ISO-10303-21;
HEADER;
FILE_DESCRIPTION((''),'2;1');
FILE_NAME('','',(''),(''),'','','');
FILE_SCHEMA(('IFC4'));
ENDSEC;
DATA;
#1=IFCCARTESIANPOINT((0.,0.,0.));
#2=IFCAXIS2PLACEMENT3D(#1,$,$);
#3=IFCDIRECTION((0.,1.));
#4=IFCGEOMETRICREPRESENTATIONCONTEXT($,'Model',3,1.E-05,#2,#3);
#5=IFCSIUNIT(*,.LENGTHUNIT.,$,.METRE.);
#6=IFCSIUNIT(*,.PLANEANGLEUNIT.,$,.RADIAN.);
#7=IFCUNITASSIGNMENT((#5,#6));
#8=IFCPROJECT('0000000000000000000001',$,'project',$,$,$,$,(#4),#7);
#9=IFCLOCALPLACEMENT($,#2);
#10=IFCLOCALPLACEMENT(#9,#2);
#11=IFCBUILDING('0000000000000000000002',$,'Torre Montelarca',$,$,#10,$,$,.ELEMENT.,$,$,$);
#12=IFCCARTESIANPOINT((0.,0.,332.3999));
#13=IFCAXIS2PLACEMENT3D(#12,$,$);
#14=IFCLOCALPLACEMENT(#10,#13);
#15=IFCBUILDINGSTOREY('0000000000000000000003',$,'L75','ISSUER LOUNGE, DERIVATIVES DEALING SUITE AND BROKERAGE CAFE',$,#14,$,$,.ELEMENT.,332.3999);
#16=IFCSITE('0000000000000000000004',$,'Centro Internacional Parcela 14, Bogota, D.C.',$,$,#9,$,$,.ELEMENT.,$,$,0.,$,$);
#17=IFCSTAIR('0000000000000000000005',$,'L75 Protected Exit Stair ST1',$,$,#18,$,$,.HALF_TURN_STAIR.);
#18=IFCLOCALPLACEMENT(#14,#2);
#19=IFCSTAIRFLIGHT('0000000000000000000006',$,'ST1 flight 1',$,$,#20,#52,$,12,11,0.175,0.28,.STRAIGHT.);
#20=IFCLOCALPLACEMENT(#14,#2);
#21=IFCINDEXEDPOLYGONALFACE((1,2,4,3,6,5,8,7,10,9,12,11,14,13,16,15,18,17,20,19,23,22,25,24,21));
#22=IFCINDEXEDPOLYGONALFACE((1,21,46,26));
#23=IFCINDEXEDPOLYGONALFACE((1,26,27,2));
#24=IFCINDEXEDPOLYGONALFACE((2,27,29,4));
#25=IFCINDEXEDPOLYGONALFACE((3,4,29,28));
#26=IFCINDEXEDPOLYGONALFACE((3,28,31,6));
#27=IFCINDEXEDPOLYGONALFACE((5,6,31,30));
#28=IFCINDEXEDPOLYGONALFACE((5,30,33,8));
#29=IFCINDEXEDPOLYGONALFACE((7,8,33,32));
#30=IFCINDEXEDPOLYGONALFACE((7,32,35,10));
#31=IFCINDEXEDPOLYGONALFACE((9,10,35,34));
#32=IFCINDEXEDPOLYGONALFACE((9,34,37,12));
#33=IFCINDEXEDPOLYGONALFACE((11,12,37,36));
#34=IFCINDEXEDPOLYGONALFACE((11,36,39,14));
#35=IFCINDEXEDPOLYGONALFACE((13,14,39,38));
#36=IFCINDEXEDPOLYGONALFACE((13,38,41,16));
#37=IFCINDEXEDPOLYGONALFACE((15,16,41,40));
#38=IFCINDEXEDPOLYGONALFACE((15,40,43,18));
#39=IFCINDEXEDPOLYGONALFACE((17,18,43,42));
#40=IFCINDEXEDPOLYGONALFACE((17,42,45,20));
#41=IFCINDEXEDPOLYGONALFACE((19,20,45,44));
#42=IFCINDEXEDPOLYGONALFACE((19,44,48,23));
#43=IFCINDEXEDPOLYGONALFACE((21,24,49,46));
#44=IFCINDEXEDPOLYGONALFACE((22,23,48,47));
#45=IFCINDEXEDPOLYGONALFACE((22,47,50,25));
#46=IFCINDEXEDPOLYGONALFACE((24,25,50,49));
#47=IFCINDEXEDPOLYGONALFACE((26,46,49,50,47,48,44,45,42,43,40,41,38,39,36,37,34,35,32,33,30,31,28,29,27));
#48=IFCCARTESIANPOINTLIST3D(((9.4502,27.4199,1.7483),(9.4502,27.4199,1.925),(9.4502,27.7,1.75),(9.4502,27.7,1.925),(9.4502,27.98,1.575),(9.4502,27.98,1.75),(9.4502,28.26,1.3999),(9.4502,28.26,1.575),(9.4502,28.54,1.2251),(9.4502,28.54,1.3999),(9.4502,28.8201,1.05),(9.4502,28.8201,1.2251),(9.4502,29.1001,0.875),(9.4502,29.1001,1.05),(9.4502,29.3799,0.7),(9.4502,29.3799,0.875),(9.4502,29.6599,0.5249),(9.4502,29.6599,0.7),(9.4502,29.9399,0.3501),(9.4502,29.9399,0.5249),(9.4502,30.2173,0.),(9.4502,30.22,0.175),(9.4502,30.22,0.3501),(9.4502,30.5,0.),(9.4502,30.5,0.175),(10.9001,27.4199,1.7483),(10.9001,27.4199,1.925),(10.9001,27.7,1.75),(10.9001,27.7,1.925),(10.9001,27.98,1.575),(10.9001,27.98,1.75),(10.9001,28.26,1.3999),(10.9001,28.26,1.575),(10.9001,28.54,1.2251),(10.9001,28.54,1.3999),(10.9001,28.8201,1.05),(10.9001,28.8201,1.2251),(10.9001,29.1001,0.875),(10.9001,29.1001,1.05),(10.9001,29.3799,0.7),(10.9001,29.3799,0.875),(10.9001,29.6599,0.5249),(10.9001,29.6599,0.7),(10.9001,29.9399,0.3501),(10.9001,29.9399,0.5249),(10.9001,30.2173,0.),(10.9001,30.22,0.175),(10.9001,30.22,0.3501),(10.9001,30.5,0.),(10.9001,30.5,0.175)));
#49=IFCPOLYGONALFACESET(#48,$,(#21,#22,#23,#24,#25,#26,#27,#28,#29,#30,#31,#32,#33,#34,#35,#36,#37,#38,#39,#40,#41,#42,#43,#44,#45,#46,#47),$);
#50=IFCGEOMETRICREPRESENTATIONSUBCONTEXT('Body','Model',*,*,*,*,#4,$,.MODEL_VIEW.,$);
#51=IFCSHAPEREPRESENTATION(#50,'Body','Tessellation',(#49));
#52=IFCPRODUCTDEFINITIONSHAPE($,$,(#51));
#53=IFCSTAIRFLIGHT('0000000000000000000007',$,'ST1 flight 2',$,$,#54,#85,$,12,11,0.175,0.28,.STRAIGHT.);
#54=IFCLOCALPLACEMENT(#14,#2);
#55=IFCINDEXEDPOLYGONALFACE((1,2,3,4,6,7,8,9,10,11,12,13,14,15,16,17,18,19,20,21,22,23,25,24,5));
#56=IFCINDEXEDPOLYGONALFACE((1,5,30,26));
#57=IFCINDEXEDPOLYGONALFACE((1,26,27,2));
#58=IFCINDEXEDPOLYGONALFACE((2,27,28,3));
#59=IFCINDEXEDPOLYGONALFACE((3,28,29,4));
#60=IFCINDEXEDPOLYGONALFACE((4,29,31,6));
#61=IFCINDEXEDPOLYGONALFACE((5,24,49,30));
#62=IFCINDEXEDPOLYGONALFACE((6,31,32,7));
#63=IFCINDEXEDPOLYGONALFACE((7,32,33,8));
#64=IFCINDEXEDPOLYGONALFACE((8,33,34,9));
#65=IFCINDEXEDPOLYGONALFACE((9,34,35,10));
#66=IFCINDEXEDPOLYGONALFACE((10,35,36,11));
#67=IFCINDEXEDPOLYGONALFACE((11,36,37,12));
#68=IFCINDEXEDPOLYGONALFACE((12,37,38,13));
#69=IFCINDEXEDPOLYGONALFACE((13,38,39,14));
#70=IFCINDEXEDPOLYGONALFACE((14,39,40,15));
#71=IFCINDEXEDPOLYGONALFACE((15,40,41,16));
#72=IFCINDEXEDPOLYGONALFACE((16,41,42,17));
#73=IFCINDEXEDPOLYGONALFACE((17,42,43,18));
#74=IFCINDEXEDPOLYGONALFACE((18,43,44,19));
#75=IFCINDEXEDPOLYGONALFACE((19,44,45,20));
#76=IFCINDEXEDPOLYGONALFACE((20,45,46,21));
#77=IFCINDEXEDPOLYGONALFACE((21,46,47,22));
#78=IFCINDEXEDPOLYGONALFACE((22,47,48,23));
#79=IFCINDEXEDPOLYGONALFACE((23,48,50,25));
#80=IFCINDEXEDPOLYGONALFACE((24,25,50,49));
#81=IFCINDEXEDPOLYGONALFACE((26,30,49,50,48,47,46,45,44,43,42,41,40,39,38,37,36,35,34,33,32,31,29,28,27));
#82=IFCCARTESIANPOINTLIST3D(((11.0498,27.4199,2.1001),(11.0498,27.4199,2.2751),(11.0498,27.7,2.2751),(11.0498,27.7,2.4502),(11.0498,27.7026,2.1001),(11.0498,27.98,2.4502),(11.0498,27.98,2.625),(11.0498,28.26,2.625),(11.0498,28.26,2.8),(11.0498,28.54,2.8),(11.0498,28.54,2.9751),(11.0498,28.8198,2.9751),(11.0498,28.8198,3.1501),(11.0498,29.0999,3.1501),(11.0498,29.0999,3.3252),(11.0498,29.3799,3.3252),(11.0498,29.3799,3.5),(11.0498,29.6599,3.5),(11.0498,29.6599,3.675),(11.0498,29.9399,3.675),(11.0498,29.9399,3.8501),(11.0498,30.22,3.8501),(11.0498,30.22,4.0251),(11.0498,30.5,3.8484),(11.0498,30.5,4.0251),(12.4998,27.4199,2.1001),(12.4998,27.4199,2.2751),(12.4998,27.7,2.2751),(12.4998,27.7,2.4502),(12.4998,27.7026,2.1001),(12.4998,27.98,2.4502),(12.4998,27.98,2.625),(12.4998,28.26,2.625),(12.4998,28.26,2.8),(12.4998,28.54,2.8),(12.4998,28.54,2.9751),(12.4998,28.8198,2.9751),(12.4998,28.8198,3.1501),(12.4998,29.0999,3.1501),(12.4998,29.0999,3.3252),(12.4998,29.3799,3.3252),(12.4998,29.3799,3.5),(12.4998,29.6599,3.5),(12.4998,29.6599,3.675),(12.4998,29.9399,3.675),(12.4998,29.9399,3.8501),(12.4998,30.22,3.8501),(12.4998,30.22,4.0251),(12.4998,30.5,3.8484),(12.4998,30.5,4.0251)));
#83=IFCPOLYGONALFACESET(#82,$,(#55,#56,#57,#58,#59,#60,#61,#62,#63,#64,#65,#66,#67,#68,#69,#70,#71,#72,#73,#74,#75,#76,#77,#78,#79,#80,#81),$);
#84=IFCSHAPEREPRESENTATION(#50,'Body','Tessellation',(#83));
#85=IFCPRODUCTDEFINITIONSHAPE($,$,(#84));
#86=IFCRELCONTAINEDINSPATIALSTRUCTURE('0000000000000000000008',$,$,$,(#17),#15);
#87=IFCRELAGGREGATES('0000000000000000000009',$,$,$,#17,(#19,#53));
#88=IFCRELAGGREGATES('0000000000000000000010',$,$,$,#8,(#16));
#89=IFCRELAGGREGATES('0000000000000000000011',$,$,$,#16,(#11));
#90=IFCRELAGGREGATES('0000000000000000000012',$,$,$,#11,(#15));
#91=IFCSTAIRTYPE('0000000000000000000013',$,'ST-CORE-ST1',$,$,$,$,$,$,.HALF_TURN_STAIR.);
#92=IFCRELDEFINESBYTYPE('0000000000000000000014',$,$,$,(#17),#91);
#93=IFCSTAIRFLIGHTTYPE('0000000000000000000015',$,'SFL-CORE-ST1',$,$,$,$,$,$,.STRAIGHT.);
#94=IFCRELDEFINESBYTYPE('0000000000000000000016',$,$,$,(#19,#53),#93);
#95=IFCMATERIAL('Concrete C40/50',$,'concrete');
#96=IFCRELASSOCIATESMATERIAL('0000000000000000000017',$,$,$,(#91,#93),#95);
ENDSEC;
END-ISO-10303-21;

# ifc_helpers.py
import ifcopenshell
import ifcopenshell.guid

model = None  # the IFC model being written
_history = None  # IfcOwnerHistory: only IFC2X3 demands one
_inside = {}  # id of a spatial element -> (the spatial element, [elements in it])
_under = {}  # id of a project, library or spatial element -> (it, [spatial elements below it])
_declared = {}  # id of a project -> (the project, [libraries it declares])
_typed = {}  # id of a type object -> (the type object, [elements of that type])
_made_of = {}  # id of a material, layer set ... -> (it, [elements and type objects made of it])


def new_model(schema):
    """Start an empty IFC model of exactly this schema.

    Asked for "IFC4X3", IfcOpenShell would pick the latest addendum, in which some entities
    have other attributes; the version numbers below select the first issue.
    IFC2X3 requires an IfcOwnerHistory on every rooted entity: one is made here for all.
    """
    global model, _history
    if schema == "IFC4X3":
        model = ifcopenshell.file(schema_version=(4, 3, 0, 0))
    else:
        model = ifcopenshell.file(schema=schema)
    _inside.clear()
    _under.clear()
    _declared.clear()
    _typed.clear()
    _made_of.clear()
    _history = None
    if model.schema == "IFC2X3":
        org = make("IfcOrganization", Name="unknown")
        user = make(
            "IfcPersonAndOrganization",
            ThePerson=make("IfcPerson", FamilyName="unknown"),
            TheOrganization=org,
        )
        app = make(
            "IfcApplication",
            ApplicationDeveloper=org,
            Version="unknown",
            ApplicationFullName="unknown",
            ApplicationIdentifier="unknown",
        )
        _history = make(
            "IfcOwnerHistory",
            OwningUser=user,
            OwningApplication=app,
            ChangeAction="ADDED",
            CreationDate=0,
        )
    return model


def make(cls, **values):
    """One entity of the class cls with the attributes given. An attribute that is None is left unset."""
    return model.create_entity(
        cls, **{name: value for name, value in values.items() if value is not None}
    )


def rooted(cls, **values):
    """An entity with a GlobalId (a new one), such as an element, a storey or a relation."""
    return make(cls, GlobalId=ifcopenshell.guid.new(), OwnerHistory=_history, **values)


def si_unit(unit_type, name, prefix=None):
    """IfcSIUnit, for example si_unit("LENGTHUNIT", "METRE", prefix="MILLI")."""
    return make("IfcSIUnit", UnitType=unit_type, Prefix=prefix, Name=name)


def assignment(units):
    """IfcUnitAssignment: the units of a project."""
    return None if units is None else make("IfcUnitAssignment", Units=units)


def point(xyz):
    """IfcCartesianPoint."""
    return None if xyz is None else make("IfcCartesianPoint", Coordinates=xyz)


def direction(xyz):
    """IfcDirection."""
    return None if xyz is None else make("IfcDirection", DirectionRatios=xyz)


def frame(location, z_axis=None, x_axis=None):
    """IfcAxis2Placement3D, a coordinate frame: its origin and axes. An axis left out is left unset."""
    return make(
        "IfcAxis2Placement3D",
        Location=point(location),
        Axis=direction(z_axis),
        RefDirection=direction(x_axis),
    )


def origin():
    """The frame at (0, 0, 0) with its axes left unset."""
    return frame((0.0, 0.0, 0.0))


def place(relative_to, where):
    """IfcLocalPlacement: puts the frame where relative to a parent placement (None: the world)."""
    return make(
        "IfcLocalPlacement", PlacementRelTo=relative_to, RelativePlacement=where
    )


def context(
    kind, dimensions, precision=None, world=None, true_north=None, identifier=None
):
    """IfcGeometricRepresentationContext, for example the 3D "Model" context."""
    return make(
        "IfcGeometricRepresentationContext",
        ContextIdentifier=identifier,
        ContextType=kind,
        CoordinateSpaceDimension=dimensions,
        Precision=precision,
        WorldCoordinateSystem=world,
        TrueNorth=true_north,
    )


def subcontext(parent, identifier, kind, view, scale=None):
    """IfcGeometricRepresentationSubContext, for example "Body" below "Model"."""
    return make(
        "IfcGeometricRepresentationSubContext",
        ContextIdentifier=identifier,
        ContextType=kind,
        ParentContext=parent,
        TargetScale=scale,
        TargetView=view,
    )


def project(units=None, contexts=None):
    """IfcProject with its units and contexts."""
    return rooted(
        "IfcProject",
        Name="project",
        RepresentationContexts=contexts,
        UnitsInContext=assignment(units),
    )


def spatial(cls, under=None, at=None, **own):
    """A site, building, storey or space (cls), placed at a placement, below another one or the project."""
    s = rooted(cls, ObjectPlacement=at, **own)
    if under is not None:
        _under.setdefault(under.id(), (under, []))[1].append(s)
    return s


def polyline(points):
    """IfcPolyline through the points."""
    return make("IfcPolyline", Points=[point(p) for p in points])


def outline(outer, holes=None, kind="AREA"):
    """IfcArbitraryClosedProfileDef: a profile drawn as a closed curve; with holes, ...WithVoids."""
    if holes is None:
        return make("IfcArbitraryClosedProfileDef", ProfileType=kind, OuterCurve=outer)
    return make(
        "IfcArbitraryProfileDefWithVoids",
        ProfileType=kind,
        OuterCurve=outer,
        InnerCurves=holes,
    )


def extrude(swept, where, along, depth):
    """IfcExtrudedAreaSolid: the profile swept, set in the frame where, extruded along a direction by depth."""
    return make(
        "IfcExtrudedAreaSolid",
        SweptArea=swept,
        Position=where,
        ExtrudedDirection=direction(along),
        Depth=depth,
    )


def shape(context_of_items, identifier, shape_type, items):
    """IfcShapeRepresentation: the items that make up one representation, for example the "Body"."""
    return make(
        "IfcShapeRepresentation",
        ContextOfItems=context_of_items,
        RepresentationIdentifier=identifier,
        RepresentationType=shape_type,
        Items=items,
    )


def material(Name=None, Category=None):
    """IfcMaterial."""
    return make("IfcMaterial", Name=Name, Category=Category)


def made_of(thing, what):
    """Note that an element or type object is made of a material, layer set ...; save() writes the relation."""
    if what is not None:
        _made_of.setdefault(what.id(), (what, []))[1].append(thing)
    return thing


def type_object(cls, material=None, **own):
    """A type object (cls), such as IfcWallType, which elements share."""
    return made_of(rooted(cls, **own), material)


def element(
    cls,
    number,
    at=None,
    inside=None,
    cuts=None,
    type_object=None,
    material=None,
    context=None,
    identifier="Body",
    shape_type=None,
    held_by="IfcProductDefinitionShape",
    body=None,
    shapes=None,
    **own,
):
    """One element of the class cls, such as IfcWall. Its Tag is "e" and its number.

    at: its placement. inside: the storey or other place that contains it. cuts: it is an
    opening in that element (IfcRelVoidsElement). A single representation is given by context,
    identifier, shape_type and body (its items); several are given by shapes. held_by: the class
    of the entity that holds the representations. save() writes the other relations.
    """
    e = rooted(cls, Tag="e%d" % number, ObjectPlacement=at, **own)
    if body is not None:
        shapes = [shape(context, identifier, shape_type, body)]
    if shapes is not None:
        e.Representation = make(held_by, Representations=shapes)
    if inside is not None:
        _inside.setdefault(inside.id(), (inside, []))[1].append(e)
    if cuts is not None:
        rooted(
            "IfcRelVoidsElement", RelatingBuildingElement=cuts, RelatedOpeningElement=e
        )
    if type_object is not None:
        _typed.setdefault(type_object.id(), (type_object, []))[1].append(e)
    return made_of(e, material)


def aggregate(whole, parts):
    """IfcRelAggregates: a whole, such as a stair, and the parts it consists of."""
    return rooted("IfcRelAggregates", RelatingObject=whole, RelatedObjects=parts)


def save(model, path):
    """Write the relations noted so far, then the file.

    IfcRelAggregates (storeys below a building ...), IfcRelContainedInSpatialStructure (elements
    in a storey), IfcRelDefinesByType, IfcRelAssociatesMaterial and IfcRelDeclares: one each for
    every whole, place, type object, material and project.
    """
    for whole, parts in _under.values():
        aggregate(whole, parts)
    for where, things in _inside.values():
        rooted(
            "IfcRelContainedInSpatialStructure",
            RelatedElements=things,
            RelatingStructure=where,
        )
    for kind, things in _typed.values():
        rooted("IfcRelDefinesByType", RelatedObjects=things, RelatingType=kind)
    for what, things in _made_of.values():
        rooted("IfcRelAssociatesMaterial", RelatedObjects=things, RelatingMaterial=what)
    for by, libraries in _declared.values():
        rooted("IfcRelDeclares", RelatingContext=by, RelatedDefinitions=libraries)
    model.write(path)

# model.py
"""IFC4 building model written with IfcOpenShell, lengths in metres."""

from ifc_helpers import new_model, si_unit, direction, frame, origin, place, context, subcontext, project, spatial, polyline, outline, extrude, material, type_object, element, aggregate, save


model = new_model("IFC4")

# Units and contexts
model_context = context("Model", 3, precision=1e-05, world=origin(), true_north=direction((0.0, 1.0)))
body_context = subcontext(model_context, "Body", "Model", "MODEL_VIEW")
ifc_project = project(units=[si_unit("LENGTHUNIT", "METRE"), si_unit("PLANEANGLEUNIT", "RADIAN")], contexts=[model_context])

# Site, building, storey
site_placement = place(None, origin())
site = spatial("IfcSite", under=ifc_project, at=site_placement, Name="Centro Internacional Parcela 14, Bogota, D.C.", CompositionType="ELEMENT", RefElevation=0.0)
building_placement = place(site_placement, origin())
building = spatial("IfcBuilding", under=site, at=building_placement, Name="Torre Montelarca", CompositionType="ELEMENT")
storey_placement = place(building_placement, frame((0.0, 0.0, 332.3999)))
storey = spatial("IfcBuildingStorey", under=building, at=storey_placement, Name="L75", Description="ISSUER LOUNGE, DERIVATIVES DEALING SUITE AND BROKERAGE CAFE", CompositionType="ELEMENT", Elevation=332.3999)

# Shared definitions
ifc_material_1 = material(Name="Concrete C40/50", Category="concrete")

# Stair, stair flights
stair_type = type_object("IfcStairType", Name="ST-CORE-ST1", PredefinedType="HALF_TURN_STAIR", material=ifc_material_1)
stair_placement = place(storey_placement, origin())
stair = element("IfcStair", 1, at=stair_placement, inside=storey, type_object=stair_type, Name="L75 Protected Exit Stair ST1", PredefinedType="HALF_TURN_STAIR")
stair_flight_type = type_object("IfcStairFlightType", Name="SFL-CORE-ST1", PredefinedType="STRAIGHT", material=ifc_material_1)
stair_flight_1_placement = place(storey_placement, frame((10.175, 30.5, 0.0), z_axis=(0.0, 0.0, 1.0), x_axis=(0.0, -1.0, 0.0)))
stair_flight_1 = element("IfcStairFlight", 2, at=stair_flight_1_placement, type_object=stair_flight_type, Name="ST1 flight 1", NumberOfRisers=12, NumberOfTreads=11, PredefinedType="STRAIGHT", RiserHeight=0.175, TreadLength=0.28, context=body_context, shape_type="SweptSolid", body=[
    extrude(outline(polyline([(0.0, 0.0), (0.0, 0.175), (0.28, 0.175), (0.28, 0.3501), (0.5601, 0.3501), (0.5601, 0.5249), (0.8401, 0.5249), (0.8401, 0.7), (1.1201, 0.7), (1.1201, 0.875), (1.3999, 0.875), (1.3999, 1.05), (1.6799, 1.05), (1.6799, 1.2251), (1.96, 1.2251), (1.96, 1.3999), (2.24, 1.3999), (2.24, 1.575), (2.52, 1.575), (2.52, 1.75), (2.8, 1.75), (2.8, 1.925), (3.0801, 1.925), (3.0801, 2.1001), (3.0801, 1.7483), (0.2827, 0.0), (0.0, 0.0)])), frame((0.0, 0.7251, 0.0), z_axis=(0.0, -1.0, 0.0), x_axis=(1.0, 0.0, 0.0)), (0.0, 0.0, 1.0), 1.45),
])
stair_flight_2_placement = place(storey_placement, frame((11.7749, 27.4199, 2.1001), z_axis=(0.0, 0.0, 1.0), x_axis=(0.0, 1.0, 0.0)))
stair_flight_2 = element("IfcStairFlight", 3, at=stair_flight_2_placement, type_object=stair_flight_type, Name="ST1 flight 2", NumberOfRisers=12, NumberOfTreads=11, PredefinedType="STRAIGHT", RiserHeight=0.175, TreadLength=0.28, context=body_context, shape_type="SweptSolid", body=[
    extrude(outline(polyline([(0.0, 0.0), (0.0, 0.175), (0.28, 0.175), (0.28, 0.3501), (0.5601, 0.3501), (0.5601, 0.5249), (0.8401, 0.5249), (0.8401, 0.7), (1.1201, 0.7), (1.1201, 0.875), (1.3999, 0.875), (1.3999, 1.05), (1.6799, 1.05), (1.6799, 1.2251), (1.96, 1.2251), (1.96, 1.3999), (2.24, 1.3999), (2.24, 1.575), (2.52, 1.575), (2.52, 1.75), (2.8, 1.75), (2.8, 1.925), (3.0801, 1.925), (3.0801, 2.1001), (3.0801, 1.7483), (0.2827, 0.0), (0.0, 0.0)])), frame((0.0, 0.7251, 0.0), z_axis=(0.0, -1.0, 0.0), x_axis=(1.0, 0.0, 0.0)), (0.0, 0.0, 1.0), 1.45),
])
aggregate(stair, [stair_flight_1, stair_flight_2])

save(model, "model.ifc")
